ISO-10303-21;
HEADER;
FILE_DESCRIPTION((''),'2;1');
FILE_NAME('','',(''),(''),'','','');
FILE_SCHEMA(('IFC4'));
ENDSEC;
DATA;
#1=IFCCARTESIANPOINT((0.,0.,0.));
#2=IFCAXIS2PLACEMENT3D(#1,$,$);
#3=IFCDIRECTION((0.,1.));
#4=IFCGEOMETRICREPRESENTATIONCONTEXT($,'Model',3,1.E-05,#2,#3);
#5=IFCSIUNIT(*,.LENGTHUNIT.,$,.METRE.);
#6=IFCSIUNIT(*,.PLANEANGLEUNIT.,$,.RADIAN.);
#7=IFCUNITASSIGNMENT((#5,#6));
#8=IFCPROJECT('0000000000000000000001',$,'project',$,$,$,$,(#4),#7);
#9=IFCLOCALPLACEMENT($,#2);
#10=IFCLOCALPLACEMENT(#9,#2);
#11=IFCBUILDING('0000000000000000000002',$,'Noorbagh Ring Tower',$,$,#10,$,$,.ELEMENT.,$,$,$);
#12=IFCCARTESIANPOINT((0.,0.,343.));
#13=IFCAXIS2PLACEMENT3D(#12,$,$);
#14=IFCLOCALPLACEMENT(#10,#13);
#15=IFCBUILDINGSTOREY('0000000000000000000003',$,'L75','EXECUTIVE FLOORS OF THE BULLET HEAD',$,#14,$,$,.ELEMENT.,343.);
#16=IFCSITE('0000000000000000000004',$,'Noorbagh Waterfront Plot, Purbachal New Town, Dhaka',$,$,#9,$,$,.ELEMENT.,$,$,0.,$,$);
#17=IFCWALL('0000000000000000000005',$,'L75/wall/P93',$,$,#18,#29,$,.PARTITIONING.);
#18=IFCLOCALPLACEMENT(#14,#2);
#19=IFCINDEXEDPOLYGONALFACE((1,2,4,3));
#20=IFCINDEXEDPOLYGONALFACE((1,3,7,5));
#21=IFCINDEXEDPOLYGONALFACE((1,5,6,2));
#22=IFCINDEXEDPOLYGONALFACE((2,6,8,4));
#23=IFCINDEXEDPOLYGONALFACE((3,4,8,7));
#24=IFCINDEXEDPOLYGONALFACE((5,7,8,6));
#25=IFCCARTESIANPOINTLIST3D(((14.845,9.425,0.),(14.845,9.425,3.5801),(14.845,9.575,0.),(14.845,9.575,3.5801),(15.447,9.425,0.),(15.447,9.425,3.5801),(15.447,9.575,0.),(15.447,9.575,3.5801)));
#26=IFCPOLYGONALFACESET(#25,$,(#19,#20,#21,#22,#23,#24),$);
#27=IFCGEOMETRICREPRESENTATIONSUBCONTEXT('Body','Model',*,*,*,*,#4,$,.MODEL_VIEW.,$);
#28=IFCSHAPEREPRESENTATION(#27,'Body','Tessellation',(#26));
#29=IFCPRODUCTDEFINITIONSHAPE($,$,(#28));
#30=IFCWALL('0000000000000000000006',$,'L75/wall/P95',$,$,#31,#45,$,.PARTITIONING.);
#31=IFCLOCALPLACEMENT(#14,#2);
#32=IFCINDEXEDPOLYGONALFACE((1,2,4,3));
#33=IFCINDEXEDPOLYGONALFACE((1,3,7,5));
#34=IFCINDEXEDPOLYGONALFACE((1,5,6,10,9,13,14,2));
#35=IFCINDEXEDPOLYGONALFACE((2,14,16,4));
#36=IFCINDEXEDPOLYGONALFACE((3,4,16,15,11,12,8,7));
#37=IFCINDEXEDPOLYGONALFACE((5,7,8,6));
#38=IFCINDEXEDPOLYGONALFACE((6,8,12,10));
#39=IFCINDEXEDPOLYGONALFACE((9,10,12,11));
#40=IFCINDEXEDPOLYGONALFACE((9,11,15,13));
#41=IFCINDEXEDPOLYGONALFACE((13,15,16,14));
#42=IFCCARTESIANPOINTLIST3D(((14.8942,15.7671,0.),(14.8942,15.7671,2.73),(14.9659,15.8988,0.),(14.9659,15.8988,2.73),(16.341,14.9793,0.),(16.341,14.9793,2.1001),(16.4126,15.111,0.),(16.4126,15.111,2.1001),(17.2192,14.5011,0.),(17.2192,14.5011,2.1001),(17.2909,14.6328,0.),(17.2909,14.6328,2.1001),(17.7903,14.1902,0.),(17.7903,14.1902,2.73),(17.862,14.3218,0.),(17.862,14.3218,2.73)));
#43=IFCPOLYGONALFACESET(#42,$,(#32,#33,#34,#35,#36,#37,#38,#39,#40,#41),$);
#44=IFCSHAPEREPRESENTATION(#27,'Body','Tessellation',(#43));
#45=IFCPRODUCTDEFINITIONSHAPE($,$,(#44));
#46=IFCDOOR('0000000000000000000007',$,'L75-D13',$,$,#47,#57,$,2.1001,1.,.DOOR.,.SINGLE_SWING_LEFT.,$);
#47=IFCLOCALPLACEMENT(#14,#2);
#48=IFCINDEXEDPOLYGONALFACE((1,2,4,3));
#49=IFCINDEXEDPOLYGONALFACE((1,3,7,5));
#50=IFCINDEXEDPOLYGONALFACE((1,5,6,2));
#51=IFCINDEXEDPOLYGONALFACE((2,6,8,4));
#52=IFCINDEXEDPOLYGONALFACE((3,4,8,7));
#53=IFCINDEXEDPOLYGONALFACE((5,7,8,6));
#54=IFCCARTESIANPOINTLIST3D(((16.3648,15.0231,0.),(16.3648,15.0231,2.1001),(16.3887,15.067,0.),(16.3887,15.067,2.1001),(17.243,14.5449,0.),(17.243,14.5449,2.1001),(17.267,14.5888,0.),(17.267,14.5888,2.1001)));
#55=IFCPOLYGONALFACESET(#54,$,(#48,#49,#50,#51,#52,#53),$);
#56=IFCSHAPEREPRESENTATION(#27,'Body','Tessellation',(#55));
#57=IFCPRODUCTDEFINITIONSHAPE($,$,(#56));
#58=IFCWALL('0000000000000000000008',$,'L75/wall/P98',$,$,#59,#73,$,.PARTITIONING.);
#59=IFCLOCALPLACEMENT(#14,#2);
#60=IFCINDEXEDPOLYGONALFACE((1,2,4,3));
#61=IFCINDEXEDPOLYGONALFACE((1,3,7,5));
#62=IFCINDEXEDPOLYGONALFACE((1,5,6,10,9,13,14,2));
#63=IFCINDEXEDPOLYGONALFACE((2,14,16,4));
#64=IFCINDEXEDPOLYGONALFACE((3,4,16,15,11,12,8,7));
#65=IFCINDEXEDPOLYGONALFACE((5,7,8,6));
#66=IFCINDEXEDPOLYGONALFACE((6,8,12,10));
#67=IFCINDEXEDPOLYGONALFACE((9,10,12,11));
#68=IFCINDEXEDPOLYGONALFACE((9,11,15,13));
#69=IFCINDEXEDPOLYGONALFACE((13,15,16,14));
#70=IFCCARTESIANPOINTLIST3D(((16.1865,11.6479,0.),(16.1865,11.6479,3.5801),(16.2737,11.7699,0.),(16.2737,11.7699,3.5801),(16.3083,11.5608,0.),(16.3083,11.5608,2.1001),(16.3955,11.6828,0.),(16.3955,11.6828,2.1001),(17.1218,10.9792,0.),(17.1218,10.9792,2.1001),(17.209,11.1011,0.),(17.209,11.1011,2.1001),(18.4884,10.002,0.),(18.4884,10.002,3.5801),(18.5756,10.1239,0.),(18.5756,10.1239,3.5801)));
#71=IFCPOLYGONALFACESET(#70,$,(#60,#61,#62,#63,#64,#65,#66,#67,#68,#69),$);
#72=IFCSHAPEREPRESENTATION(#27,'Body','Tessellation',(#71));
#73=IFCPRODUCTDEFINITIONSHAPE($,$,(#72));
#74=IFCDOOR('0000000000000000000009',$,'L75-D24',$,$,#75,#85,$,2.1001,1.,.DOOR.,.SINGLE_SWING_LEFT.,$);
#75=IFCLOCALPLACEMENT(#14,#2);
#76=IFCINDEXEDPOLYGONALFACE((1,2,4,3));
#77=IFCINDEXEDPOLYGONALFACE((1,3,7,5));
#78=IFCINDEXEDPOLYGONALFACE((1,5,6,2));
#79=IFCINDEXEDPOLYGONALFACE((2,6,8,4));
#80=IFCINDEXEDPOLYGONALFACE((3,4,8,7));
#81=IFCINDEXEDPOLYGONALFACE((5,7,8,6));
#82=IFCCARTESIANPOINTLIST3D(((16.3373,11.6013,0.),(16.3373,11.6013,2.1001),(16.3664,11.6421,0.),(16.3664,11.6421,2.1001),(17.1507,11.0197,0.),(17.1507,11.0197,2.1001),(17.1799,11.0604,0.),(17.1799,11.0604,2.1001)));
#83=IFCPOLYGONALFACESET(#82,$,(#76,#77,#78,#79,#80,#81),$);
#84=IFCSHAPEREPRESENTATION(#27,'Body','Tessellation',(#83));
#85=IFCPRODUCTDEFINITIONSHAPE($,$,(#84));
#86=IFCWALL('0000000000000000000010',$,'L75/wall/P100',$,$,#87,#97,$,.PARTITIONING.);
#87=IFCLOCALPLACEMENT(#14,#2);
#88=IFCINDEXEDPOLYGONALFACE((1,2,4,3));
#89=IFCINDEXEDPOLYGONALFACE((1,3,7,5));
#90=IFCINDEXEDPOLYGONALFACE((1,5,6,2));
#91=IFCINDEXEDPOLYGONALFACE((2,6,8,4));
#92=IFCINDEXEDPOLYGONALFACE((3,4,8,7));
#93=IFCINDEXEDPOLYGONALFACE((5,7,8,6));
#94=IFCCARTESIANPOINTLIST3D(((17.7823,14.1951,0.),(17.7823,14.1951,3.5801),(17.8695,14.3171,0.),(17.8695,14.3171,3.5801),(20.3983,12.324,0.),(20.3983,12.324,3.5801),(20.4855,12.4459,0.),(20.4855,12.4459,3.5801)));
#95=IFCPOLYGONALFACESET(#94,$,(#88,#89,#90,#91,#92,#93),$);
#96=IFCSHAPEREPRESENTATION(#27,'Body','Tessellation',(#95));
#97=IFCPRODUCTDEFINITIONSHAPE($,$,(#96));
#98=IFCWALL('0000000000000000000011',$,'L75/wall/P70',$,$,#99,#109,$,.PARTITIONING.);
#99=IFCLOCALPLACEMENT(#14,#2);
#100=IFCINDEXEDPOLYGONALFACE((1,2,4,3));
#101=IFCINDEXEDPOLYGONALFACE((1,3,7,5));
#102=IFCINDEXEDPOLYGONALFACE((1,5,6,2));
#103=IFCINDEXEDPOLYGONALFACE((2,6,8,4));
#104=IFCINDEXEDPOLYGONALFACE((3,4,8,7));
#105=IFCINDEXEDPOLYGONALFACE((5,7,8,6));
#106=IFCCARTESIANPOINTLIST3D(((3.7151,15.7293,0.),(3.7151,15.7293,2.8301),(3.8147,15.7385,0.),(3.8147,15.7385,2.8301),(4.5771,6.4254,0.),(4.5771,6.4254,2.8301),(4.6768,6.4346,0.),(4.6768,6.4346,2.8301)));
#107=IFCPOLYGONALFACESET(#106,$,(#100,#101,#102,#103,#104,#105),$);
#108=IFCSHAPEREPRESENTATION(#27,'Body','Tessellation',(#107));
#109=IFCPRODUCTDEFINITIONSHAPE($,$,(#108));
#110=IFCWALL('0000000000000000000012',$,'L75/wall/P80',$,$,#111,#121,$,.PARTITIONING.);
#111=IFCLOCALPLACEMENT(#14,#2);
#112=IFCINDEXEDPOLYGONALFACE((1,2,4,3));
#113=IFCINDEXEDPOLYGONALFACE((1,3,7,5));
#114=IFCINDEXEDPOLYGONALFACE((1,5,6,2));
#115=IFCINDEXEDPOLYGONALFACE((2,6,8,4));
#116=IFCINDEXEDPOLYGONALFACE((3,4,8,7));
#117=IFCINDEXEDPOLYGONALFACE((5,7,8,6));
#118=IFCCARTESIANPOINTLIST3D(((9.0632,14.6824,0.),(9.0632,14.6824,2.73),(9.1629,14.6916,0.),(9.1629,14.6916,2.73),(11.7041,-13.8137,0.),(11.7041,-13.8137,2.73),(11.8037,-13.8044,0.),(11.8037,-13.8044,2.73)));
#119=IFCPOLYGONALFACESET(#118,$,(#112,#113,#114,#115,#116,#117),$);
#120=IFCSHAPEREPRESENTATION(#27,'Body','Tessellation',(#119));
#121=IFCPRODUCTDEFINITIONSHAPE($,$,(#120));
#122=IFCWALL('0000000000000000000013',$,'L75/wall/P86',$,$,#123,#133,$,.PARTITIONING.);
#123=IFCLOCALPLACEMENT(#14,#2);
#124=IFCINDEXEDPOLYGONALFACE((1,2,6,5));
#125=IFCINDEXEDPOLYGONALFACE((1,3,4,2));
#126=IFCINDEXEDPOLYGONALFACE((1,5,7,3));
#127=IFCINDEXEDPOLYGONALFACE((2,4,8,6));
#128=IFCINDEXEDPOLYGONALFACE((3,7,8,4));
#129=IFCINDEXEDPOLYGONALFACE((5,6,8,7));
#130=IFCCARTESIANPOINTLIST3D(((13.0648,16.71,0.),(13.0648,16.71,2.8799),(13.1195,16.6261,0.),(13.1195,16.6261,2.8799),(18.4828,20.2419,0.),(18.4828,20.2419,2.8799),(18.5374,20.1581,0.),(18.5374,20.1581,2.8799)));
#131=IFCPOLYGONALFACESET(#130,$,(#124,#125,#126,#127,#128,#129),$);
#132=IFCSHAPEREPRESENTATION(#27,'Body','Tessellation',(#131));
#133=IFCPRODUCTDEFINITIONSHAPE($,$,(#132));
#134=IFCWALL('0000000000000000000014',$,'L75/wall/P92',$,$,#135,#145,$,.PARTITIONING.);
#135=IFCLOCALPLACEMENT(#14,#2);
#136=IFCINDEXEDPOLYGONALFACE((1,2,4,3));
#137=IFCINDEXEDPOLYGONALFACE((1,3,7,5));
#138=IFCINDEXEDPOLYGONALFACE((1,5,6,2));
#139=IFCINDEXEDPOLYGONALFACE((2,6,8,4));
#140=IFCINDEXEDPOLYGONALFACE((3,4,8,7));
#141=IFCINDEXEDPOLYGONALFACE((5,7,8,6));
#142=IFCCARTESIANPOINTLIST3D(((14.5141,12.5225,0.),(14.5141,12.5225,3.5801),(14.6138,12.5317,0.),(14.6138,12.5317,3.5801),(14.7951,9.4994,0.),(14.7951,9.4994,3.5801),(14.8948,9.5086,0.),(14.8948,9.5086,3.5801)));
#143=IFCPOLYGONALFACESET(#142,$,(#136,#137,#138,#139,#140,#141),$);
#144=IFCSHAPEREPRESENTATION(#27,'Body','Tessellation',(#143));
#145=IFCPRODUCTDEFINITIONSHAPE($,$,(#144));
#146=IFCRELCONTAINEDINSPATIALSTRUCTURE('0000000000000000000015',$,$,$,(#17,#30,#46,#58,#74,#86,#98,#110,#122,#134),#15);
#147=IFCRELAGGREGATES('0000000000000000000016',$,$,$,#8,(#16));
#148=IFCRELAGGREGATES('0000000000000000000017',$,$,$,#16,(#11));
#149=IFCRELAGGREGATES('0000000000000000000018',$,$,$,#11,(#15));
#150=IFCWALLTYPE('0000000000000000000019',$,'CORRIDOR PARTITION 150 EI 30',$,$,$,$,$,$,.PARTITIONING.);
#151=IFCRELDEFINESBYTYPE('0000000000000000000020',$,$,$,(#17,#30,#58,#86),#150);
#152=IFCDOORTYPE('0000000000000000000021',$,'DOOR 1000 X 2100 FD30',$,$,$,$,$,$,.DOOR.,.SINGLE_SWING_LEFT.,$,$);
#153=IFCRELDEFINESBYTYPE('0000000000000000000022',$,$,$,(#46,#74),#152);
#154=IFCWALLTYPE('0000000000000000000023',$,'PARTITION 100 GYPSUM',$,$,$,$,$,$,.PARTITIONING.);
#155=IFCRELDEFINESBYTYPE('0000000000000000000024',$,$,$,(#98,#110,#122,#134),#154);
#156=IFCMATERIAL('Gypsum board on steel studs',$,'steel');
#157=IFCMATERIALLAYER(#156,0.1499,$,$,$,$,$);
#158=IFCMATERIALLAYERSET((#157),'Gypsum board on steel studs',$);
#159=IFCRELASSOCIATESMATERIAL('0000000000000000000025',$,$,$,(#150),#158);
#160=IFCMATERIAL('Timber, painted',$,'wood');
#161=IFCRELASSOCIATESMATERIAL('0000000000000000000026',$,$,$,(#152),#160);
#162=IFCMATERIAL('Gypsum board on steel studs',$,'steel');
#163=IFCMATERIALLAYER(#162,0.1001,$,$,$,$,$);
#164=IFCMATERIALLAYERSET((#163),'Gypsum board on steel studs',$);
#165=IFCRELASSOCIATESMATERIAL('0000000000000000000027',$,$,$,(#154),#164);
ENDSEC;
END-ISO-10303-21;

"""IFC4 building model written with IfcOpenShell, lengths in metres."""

from ifc_helpers import new_model, si_unit, direction, frame, frame_2d, origin, place, context, subcontext, project, spatial, rectangle, extrude, material, layer, layer_set, type_object, element, fill, save


model = new_model("IFC4")

# Units and contexts
model_context = context("Model", 3, precision=1e-05, world=origin(), true_north=direction((0.0, 1.0)))
body_context = subcontext(model_context, "Body", "Model", "MODEL_VIEW")
ifc_project = project(units=[si_unit("LENGTHUNIT", "METRE"), si_unit("PLANEANGLEUNIT", "RADIAN")], contexts=[model_context])

# Site, building, storey
site_placement = place(None, origin())
site = spatial("IfcSite", under=ifc_project, at=site_placement, Name="Noorbagh Waterfront Plot, Purbachal New Town, Dhaka", CompositionType="ELEMENT", RefElevation=0.0)
building_placement = place(site_placement, origin())
building = spatial("IfcBuilding", under=site, at=building_placement, Name="Noorbagh Ring Tower", CompositionType="ELEMENT")
storey_placement = place(building_placement, frame((0.0, 0.0, 343.0)))
storey = spatial("IfcBuildingStorey", under=building, at=storey_placement, Name="L75", Description="EXECUTIVE FLOORS OF THE BULLET HEAD", CompositionType="ELEMENT", Elevation=343.0)

# Shared definitions
ifc_material_1 = material(Name="Gypsum board on steel studs", Category="steel")
ifc_layer_1 = layer(ifc_material_1, 0.1499)
ifc_layer_set_1 = layer_set([ifc_layer_1], Name="Gypsum board on steel studs")
wall_type_1 = type_object("IfcWallType", Name="CORRIDOR PARTITION 150 EI 30", PredefinedType="PARTITIONING", material=ifc_layer_set_1)

# Shared definitions
ifc_material_2 = material(Name="Timber, painted", Category="wood")
door_type_1 = type_object("IfcDoorType", Name="DOOR 1000 X 2100 FD30", OperationType="SINGLE_SWING_LEFT", PredefinedType="DOOR", material=ifc_material_2)

# Wall
wall_1_placement = place(storey_placement, frame((14.845, 9.5, 0.0), z_axis=(0.0, 0.0, 1.0), x_axis=(1.0, 0.0, 0.0)))
element("IfcWall", 1, at=wall_1_placement, inside=storey, type_object=wall_type_1, Name="L75/wall/P93", PredefinedType="PARTITIONING", context=body_context, shape_type="SweptSolid", body=[
    extrude(rectangle(XDim=0.6021, YDim=0.1499, at=frame_2d((0.301, 0.0))), origin(), (0.0, 0.0, 1.0), 3.5801),
])

# Walls, openings, doors
wall_2_placement = place(storey_placement, frame((14.9299, 15.833, 0.0), z_axis=(0.0, 0.0, 1.0), x_axis=(0.878243, -0.478214, 0.0)))
wall_2 = element("IfcWall", 2, at=wall_2_placement, inside=storey, type_object=wall_type_1, Name="L75/wall/P95", PredefinedType="PARTITIONING", context=body_context, shape_type="SweptSolid", body=[
    extrude(rectangle(XDim=3.2976, YDim=0.1499, at=frame_2d((1.6489, 0.0))), origin(), (0.0, 0.0, 1.0), 2.73),
])
opening_1_placement = place(wall_2_placement, frame((1.6475, 0.0, 0.0)))
opening_1 = element("IfcOpeningElement", 3, at=opening_1_placement, cuts=wall_2, PredefinedType="OPENING", context=body_context, shape_type="SweptSolid", body=[
    extrude(rectangle(XDim=1.0, YDim=2.1001, at=frame_2d((0.5, 1.05))), frame((0.0, 0.085, 0.0), z_axis=(0.0, -1.0, 0.0), x_axis=(1.0, 0.0, 0.0)), (0.0, 0.0, 1.0), 0.1699),
])
door_1_placement = place(opening_1_placement, origin())
door_1 = element("IfcDoor", 4, at=door_1_placement, inside=storey, type_object=door_type_1, Name="L75-D13", OperationType="SINGLE_SWING_LEFT", OverallHeight=2.1001, OverallWidth=1.0, PredefinedType="DOOR", context=body_context, shape_type="SweptSolid", body=[
    extrude(rectangle(XDim=1.0, YDim=2.1001, at=frame_2d((0.5, 1.05))), frame((0.0, 0.0249, 0.0), z_axis=(0.0, -1.0, 0.0), x_axis=(1.0, 0.0, 0.0)), (0.0, 0.0, 1.0), 0.05),
])
fill(opening_1, door_1)
wall_3_placement = place(storey_placement, frame((16.23, 11.709, 0.0), z_axis=(0.0, 0.0, 1.0), x_axis=(0.813448, -0.581638, 0.0)))
wall_3 = element("IfcWall", 5, at=wall_3_placement, inside=storey, type_object=wall_type_1, Name="L75/wall/P98", PredefinedType="PARTITIONING", context=body_context, shape_type="SweptSolid", body=[
    extrude(rectangle(XDim=2.8298, YDim=0.1499, at=frame_2d((1.415, 0.0))), origin(), (0.0, 0.0, 1.0), 3.5801),
])
opening_2_placement = place(wall_3_placement, frame((0.1499, 0.0, 0.0)))
opening_2 = element("IfcOpeningElement", 6, at=opening_2_placement, cuts=wall_3, PredefinedType="OPENING", context=body_context, shape_type="SweptSolid", body=[
    extrude(rectangle(XDim=1.0, YDim=2.1001, at=frame_2d((0.5, 1.05))), frame((0.0, 0.085, 0.0), z_axis=(0.0, -1.0, 0.0), x_axis=(1.0, 0.0, 0.0)), (0.0, 0.0, 1.0), 0.1699),
])
door_2_placement = place(opening_2_placement, origin())
door_2 = element("IfcDoor", 7, at=door_2_placement, inside=storey, type_object=door_type_1, Name="L75-D24", OperationType="SINGLE_SWING_LEFT", OverallHeight=2.1001, OverallWidth=1.0, PredefinedType="DOOR", context=body_context, shape_type="SweptSolid", body=[
    extrude(rectangle(XDim=1.0, YDim=2.1001, at=frame_2d((0.5, 1.05))), frame((0.0, 0.0249, 0.0), z_axis=(0.0, -1.0, 0.0), x_axis=(1.0, 0.0, 0.0)), (0.0, 0.0, 1.0), 0.05),
])
fill(opening_2, door_2)

# Wall
wall_4_placement = place(storey_placement, frame((17.8259, 14.2561, 0.0), z_axis=(0.0, 0.0, 1.0), x_axis=(0.813359, -0.581762, 0.0)))
element("IfcWall", 8, at=wall_4_placement, inside=storey, type_object=wall_type_1, Name="L75/wall/P100", PredefinedType="PARTITIONING", context=body_context, shape_type="SweptSolid", body=[
    extrude(rectangle(XDim=3.2163, YDim=0.1499, at=frame_2d((1.6082, 0.0))), origin(), (0.0, 0.0, 1.0), 3.5801),
])

# Walls
ifc_material_3 = material(Name="Gypsum board on steel studs", Category="steel")
ifc_layer_2 = layer(ifc_material_3, 0.1001)
ifc_layer_set_2 = layer_set([ifc_layer_2], Name="Gypsum board on steel studs")
wall_type_2 = type_object("IfcWallType", Name="PARTITION 100 GYPSUM", PredefinedType="PARTITIONING", material=ifc_layer_set_2)
wall_5_placement = place(storey_placement, frame((3.7649, 15.7339, 0.0), z_axis=(0.0, 0.0, 1.0), x_axis=(0.09226, -0.995735, 0.0)))
element("IfcWall", 9, at=wall_5_placement, inside=storey, type_object=wall_type_2, Name="L75/wall/P70", PredefinedType="PARTITIONING", context=body_context, shape_type="SweptSolid", body=[
    extrude(rectangle(XDim=9.3438, YDim=0.1001, at=frame_2d((4.6719, 0.0))), origin(), (0.0, 0.0, 1.0), 2.8301),
])
wall_6_placement = place(storey_placement, frame((9.113, 14.687, 0.0), z_axis=(0.0, 0.0, 1.0), x_axis=(0.092279, -0.995733, 0.0)))
element("IfcWall", 10, at=wall_6_placement, inside=storey, type_object=wall_type_2, Name="L75/wall/P80", PredefinedType="PARTITIONING", context=body_context, shape_type="SweptSolid", body=[
    extrude(rectangle(XDim=28.6182, YDim=0.1001, at=frame_2d((14.3091, 0.0))), origin(), (0.0, 0.0, 1.0), 2.73),
])
wall_7_placement = place(storey_placement, frame((13.092, 16.668, 0.0), z_axis=(0.0, 0.0, 1.0), x_axis=(0.837715, 0.546108, 0.0)))
element("IfcWall", 11, at=wall_7_placement, inside=storey, type_object=wall_type_2, Name="L75/wall/P86", PredefinedType="PARTITIONING", context=body_context, shape_type="SweptSolid", body=[
    extrude(rectangle(XDim=6.4675, YDim=0.1001, at=frame_2d((3.2339, 0.0))), origin(), (0.0, 0.0, 1.0), 2.8799),
])
wall_8_placement = place(storey_placement, frame((14.564, 12.5271, 0.0), z_axis=(0.0, 0.0, 1.0), x_axis=(0.092551, -0.995708, 0.0)))
element("IfcWall", 12, at=wall_8_placement, inside=storey, type_object=wall_type_2, Name="L75/wall/P92", PredefinedType="PARTITIONING", context=body_context, shape_type="SweptSolid", body=[
    extrude(rectangle(XDim=3.0361, YDim=0.1001, at=frame_2d((1.5181, 0.0))), origin(), (0.0, 0.0, 1.0), 3.5801),
])

save(model, "model.ifc")
